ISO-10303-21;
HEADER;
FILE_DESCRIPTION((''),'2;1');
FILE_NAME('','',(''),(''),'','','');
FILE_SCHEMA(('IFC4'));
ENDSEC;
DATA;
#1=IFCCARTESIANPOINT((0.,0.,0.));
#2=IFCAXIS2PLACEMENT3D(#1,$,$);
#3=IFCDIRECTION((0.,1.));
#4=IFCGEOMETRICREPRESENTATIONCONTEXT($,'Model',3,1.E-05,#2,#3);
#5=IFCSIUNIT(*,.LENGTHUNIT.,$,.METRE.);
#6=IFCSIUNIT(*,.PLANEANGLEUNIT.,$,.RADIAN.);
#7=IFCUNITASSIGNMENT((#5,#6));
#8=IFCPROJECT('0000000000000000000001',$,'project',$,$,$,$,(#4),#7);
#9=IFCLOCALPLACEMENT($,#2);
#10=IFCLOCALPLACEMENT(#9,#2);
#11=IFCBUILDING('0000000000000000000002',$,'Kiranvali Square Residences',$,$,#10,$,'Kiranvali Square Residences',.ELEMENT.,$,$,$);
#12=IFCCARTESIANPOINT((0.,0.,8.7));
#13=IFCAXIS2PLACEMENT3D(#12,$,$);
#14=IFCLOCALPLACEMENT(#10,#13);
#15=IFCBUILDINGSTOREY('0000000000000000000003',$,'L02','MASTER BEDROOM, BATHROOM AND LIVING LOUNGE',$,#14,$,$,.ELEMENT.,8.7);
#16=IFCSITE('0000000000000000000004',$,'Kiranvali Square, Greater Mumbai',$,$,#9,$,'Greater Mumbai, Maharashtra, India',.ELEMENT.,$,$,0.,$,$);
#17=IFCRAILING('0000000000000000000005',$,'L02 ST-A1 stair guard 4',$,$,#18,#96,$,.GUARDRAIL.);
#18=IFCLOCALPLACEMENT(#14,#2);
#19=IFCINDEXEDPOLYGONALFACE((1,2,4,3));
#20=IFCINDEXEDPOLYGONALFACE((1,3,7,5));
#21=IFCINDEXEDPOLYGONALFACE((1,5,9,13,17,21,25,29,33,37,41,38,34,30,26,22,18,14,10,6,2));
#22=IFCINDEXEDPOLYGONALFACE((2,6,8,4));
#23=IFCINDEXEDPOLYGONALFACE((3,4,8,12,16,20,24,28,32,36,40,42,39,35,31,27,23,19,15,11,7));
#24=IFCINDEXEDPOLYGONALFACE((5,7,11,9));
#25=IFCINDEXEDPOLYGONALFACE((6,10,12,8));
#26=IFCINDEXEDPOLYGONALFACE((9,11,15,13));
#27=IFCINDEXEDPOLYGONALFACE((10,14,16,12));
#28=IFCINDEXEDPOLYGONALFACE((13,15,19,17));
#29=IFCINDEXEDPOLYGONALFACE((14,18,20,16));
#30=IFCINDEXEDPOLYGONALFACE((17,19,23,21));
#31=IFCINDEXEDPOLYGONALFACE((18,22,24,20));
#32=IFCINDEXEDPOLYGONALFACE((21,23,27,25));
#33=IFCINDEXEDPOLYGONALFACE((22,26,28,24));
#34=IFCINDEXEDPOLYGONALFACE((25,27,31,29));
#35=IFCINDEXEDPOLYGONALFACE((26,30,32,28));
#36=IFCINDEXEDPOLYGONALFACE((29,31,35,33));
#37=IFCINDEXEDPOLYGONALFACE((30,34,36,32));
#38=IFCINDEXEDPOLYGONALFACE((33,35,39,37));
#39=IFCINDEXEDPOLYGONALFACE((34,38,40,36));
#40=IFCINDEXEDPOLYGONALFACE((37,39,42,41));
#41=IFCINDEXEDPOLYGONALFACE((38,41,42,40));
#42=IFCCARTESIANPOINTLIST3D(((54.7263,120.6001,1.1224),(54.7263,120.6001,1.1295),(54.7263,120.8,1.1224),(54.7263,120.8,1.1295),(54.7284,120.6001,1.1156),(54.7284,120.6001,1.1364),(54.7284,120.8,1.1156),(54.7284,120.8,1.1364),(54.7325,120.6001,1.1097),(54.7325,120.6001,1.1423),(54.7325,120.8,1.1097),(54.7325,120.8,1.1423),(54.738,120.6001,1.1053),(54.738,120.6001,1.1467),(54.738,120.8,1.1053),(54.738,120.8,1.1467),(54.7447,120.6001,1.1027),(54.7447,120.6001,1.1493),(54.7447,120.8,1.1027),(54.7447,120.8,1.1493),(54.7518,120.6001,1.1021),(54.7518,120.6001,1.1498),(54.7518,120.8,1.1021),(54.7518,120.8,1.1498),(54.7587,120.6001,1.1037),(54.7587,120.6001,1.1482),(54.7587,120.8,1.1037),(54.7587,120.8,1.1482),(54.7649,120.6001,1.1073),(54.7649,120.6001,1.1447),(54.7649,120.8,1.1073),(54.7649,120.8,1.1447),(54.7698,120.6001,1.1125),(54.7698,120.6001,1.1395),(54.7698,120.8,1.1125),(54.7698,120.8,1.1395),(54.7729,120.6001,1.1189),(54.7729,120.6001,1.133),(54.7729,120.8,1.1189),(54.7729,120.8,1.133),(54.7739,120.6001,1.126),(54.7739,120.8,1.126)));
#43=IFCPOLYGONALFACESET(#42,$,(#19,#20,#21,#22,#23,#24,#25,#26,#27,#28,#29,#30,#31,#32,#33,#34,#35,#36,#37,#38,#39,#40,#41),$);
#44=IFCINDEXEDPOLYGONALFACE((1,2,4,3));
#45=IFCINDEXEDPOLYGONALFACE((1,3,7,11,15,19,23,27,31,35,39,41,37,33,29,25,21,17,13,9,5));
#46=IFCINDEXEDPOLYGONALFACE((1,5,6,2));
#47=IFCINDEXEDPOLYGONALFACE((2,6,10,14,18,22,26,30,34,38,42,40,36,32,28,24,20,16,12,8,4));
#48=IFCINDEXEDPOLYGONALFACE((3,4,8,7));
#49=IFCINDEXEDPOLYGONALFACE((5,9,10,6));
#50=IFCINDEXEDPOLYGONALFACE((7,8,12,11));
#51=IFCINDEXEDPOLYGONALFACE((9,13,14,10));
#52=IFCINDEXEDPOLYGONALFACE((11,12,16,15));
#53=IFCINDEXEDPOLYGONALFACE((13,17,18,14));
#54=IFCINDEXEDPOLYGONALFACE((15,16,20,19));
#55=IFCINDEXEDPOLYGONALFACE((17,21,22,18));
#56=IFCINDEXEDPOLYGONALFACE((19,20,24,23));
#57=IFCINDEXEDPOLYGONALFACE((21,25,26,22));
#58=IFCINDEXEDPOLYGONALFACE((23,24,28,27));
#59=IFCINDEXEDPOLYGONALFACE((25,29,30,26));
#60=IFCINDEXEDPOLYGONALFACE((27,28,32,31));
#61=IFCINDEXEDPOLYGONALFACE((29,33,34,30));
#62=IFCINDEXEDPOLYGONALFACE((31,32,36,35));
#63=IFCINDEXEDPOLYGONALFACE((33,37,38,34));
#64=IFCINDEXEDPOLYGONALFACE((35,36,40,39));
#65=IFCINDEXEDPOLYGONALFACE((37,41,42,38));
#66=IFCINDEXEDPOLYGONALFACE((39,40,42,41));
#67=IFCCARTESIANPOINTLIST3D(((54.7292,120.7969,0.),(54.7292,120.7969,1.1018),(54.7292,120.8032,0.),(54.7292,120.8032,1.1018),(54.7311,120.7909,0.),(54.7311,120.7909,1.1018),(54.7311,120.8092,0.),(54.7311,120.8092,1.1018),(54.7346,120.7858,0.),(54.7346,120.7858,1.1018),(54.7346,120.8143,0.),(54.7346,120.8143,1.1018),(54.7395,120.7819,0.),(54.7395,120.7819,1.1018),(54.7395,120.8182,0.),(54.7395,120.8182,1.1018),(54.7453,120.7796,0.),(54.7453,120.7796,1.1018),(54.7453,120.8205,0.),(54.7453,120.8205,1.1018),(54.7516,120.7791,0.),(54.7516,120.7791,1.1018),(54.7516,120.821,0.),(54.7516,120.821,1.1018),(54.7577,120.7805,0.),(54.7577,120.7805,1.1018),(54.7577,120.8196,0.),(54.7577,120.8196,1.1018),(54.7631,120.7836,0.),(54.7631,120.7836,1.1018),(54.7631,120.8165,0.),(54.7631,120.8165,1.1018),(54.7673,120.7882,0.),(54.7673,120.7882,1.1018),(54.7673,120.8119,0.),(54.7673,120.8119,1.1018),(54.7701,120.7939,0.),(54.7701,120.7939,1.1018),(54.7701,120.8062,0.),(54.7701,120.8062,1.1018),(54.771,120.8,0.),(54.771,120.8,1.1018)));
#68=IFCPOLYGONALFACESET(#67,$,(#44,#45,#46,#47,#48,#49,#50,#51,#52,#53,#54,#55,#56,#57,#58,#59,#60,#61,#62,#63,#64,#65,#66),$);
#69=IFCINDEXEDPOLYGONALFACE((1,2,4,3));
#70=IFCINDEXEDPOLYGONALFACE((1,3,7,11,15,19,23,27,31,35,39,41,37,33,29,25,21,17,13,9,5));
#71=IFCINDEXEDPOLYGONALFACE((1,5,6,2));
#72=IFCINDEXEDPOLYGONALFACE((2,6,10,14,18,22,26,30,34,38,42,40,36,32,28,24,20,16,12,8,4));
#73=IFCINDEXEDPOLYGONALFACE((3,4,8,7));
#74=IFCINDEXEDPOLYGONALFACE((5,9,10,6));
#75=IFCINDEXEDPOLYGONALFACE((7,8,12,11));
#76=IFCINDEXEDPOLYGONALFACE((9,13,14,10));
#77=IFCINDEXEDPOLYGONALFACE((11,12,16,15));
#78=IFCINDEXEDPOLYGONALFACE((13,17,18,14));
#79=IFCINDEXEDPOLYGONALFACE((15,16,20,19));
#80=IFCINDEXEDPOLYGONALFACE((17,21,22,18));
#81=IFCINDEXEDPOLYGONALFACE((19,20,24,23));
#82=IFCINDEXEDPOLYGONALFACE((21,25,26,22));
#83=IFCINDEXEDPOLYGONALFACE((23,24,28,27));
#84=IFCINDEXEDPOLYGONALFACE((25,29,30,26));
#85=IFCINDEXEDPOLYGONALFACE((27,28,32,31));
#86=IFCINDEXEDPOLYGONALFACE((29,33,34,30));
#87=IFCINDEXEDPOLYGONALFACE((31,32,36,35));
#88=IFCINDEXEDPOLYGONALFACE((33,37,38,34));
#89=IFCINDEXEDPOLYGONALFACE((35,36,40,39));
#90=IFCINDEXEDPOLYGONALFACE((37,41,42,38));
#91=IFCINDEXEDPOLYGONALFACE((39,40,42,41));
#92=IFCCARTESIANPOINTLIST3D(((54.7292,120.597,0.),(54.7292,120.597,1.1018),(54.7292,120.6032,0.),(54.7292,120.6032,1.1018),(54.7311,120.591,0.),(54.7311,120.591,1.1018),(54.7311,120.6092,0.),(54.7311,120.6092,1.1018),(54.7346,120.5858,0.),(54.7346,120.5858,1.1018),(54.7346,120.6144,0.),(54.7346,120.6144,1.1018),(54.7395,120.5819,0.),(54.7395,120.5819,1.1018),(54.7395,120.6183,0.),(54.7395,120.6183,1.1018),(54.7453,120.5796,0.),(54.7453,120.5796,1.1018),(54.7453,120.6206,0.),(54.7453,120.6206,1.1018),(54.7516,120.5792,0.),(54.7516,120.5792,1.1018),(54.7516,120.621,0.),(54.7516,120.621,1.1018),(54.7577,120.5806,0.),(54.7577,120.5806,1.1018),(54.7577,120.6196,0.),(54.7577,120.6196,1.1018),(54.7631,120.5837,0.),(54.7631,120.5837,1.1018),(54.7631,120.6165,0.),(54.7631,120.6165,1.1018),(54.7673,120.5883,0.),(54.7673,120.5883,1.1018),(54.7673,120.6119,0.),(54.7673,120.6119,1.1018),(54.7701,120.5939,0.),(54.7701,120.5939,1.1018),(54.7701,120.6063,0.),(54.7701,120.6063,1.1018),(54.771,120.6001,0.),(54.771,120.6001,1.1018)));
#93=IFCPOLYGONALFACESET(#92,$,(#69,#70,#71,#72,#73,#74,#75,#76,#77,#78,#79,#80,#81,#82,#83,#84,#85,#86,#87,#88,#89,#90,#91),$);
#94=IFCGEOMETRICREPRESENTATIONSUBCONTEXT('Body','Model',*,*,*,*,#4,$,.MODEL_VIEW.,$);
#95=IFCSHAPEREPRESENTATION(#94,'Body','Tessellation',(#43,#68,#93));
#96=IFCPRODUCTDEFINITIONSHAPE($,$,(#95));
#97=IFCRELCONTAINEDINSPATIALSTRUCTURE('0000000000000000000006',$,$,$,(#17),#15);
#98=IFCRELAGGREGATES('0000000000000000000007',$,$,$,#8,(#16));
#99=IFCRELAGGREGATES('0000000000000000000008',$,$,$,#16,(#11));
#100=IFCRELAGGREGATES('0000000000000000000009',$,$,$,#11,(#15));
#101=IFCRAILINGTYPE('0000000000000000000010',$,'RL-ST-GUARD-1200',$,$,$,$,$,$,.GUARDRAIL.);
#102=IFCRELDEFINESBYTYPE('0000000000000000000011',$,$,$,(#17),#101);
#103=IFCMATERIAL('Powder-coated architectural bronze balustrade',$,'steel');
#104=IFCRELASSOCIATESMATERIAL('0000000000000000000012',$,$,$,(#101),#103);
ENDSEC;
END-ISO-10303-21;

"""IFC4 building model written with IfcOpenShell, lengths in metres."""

from ifc_helpers import new_model, si_unit, direction, frame, origin, origin_2d, place, context, subcontext, project, spatial, circle, extrude, material, type_object, element, save


model = new_model("IFC4")

# Units and contexts
model_context = context("Model", 3, precision=1e-05, world=origin(), true_north=direction((0.0, 1.0)))
body_context = subcontext(model_context, "Body", "Model", "MODEL_VIEW")
ifc_project = project(units=[si_unit("LENGTHUNIT", "METRE"), si_unit("PLANEANGLEUNIT", "RADIAN")], contexts=[model_context])

# Site, building, storey
site_placement = place(None, origin())
site = spatial("IfcSite", under=ifc_project, at=site_placement, Name="Kiranvali Square, Greater Mumbai", LongName="Greater Mumbai, Maharashtra, India", CompositionType="ELEMENT", RefElevation=0.0)
building_placement = place(site_placement, origin())
building = spatial("IfcBuilding", under=site, at=building_placement, Name="Kiranvali Square Residences", LongName="Kiranvali Square Residences", CompositionType="ELEMENT")
storey_placement = place(building_placement, frame((0.0, 0.0, 8.7)))
storey = spatial("IfcBuildingStorey", under=building, at=storey_placement, Name="L02", Description="MASTER BEDROOM, BATHROOM AND LIVING LOUNGE", CompositionType="ELEMENT", Elevation=8.7)

# Railing
ifc_material_1 = material(Name="Powder-coated architectural bronze balustrade", Category="steel")
railing_type_1 = type_object("IfcRailingType", Name="RL-ST-GUARD-1200", PredefinedType="GUARDRAIL", material=ifc_material_1)
railing_1_placement = place(storey_placement, frame((54.75, 120.8, 0.0)))
element("IfcRailing", 1, at=railing_1_placement, inside=storey, type_object=railing_type_1, Name="L02 ST-A1 stair guard 4", PredefinedType="GUARDRAIL", context=body_context, shape_type="SweptSolid", body=[
    extrude(circle(Radius=0.0239, at=origin_2d()), frame((0.0, 0.0, 1.126), z_axis=(0.0, -1.0, 0.0), x_axis=(1.0, 0.0, 0.0)), (0.0, 0.0, 1.0), 0.2),
    extrude(circle(Radius=0.021, at=origin_2d()), origin(), (0.0, 0.0, 1.0), 1.1018),
    extrude(circle(Radius=0.021, at=origin_2d()), frame((0.0, -0.2, 0.0)), (0.0, 0.0, 1.0), 1.1018),
])

save(model, "model.ifc")
